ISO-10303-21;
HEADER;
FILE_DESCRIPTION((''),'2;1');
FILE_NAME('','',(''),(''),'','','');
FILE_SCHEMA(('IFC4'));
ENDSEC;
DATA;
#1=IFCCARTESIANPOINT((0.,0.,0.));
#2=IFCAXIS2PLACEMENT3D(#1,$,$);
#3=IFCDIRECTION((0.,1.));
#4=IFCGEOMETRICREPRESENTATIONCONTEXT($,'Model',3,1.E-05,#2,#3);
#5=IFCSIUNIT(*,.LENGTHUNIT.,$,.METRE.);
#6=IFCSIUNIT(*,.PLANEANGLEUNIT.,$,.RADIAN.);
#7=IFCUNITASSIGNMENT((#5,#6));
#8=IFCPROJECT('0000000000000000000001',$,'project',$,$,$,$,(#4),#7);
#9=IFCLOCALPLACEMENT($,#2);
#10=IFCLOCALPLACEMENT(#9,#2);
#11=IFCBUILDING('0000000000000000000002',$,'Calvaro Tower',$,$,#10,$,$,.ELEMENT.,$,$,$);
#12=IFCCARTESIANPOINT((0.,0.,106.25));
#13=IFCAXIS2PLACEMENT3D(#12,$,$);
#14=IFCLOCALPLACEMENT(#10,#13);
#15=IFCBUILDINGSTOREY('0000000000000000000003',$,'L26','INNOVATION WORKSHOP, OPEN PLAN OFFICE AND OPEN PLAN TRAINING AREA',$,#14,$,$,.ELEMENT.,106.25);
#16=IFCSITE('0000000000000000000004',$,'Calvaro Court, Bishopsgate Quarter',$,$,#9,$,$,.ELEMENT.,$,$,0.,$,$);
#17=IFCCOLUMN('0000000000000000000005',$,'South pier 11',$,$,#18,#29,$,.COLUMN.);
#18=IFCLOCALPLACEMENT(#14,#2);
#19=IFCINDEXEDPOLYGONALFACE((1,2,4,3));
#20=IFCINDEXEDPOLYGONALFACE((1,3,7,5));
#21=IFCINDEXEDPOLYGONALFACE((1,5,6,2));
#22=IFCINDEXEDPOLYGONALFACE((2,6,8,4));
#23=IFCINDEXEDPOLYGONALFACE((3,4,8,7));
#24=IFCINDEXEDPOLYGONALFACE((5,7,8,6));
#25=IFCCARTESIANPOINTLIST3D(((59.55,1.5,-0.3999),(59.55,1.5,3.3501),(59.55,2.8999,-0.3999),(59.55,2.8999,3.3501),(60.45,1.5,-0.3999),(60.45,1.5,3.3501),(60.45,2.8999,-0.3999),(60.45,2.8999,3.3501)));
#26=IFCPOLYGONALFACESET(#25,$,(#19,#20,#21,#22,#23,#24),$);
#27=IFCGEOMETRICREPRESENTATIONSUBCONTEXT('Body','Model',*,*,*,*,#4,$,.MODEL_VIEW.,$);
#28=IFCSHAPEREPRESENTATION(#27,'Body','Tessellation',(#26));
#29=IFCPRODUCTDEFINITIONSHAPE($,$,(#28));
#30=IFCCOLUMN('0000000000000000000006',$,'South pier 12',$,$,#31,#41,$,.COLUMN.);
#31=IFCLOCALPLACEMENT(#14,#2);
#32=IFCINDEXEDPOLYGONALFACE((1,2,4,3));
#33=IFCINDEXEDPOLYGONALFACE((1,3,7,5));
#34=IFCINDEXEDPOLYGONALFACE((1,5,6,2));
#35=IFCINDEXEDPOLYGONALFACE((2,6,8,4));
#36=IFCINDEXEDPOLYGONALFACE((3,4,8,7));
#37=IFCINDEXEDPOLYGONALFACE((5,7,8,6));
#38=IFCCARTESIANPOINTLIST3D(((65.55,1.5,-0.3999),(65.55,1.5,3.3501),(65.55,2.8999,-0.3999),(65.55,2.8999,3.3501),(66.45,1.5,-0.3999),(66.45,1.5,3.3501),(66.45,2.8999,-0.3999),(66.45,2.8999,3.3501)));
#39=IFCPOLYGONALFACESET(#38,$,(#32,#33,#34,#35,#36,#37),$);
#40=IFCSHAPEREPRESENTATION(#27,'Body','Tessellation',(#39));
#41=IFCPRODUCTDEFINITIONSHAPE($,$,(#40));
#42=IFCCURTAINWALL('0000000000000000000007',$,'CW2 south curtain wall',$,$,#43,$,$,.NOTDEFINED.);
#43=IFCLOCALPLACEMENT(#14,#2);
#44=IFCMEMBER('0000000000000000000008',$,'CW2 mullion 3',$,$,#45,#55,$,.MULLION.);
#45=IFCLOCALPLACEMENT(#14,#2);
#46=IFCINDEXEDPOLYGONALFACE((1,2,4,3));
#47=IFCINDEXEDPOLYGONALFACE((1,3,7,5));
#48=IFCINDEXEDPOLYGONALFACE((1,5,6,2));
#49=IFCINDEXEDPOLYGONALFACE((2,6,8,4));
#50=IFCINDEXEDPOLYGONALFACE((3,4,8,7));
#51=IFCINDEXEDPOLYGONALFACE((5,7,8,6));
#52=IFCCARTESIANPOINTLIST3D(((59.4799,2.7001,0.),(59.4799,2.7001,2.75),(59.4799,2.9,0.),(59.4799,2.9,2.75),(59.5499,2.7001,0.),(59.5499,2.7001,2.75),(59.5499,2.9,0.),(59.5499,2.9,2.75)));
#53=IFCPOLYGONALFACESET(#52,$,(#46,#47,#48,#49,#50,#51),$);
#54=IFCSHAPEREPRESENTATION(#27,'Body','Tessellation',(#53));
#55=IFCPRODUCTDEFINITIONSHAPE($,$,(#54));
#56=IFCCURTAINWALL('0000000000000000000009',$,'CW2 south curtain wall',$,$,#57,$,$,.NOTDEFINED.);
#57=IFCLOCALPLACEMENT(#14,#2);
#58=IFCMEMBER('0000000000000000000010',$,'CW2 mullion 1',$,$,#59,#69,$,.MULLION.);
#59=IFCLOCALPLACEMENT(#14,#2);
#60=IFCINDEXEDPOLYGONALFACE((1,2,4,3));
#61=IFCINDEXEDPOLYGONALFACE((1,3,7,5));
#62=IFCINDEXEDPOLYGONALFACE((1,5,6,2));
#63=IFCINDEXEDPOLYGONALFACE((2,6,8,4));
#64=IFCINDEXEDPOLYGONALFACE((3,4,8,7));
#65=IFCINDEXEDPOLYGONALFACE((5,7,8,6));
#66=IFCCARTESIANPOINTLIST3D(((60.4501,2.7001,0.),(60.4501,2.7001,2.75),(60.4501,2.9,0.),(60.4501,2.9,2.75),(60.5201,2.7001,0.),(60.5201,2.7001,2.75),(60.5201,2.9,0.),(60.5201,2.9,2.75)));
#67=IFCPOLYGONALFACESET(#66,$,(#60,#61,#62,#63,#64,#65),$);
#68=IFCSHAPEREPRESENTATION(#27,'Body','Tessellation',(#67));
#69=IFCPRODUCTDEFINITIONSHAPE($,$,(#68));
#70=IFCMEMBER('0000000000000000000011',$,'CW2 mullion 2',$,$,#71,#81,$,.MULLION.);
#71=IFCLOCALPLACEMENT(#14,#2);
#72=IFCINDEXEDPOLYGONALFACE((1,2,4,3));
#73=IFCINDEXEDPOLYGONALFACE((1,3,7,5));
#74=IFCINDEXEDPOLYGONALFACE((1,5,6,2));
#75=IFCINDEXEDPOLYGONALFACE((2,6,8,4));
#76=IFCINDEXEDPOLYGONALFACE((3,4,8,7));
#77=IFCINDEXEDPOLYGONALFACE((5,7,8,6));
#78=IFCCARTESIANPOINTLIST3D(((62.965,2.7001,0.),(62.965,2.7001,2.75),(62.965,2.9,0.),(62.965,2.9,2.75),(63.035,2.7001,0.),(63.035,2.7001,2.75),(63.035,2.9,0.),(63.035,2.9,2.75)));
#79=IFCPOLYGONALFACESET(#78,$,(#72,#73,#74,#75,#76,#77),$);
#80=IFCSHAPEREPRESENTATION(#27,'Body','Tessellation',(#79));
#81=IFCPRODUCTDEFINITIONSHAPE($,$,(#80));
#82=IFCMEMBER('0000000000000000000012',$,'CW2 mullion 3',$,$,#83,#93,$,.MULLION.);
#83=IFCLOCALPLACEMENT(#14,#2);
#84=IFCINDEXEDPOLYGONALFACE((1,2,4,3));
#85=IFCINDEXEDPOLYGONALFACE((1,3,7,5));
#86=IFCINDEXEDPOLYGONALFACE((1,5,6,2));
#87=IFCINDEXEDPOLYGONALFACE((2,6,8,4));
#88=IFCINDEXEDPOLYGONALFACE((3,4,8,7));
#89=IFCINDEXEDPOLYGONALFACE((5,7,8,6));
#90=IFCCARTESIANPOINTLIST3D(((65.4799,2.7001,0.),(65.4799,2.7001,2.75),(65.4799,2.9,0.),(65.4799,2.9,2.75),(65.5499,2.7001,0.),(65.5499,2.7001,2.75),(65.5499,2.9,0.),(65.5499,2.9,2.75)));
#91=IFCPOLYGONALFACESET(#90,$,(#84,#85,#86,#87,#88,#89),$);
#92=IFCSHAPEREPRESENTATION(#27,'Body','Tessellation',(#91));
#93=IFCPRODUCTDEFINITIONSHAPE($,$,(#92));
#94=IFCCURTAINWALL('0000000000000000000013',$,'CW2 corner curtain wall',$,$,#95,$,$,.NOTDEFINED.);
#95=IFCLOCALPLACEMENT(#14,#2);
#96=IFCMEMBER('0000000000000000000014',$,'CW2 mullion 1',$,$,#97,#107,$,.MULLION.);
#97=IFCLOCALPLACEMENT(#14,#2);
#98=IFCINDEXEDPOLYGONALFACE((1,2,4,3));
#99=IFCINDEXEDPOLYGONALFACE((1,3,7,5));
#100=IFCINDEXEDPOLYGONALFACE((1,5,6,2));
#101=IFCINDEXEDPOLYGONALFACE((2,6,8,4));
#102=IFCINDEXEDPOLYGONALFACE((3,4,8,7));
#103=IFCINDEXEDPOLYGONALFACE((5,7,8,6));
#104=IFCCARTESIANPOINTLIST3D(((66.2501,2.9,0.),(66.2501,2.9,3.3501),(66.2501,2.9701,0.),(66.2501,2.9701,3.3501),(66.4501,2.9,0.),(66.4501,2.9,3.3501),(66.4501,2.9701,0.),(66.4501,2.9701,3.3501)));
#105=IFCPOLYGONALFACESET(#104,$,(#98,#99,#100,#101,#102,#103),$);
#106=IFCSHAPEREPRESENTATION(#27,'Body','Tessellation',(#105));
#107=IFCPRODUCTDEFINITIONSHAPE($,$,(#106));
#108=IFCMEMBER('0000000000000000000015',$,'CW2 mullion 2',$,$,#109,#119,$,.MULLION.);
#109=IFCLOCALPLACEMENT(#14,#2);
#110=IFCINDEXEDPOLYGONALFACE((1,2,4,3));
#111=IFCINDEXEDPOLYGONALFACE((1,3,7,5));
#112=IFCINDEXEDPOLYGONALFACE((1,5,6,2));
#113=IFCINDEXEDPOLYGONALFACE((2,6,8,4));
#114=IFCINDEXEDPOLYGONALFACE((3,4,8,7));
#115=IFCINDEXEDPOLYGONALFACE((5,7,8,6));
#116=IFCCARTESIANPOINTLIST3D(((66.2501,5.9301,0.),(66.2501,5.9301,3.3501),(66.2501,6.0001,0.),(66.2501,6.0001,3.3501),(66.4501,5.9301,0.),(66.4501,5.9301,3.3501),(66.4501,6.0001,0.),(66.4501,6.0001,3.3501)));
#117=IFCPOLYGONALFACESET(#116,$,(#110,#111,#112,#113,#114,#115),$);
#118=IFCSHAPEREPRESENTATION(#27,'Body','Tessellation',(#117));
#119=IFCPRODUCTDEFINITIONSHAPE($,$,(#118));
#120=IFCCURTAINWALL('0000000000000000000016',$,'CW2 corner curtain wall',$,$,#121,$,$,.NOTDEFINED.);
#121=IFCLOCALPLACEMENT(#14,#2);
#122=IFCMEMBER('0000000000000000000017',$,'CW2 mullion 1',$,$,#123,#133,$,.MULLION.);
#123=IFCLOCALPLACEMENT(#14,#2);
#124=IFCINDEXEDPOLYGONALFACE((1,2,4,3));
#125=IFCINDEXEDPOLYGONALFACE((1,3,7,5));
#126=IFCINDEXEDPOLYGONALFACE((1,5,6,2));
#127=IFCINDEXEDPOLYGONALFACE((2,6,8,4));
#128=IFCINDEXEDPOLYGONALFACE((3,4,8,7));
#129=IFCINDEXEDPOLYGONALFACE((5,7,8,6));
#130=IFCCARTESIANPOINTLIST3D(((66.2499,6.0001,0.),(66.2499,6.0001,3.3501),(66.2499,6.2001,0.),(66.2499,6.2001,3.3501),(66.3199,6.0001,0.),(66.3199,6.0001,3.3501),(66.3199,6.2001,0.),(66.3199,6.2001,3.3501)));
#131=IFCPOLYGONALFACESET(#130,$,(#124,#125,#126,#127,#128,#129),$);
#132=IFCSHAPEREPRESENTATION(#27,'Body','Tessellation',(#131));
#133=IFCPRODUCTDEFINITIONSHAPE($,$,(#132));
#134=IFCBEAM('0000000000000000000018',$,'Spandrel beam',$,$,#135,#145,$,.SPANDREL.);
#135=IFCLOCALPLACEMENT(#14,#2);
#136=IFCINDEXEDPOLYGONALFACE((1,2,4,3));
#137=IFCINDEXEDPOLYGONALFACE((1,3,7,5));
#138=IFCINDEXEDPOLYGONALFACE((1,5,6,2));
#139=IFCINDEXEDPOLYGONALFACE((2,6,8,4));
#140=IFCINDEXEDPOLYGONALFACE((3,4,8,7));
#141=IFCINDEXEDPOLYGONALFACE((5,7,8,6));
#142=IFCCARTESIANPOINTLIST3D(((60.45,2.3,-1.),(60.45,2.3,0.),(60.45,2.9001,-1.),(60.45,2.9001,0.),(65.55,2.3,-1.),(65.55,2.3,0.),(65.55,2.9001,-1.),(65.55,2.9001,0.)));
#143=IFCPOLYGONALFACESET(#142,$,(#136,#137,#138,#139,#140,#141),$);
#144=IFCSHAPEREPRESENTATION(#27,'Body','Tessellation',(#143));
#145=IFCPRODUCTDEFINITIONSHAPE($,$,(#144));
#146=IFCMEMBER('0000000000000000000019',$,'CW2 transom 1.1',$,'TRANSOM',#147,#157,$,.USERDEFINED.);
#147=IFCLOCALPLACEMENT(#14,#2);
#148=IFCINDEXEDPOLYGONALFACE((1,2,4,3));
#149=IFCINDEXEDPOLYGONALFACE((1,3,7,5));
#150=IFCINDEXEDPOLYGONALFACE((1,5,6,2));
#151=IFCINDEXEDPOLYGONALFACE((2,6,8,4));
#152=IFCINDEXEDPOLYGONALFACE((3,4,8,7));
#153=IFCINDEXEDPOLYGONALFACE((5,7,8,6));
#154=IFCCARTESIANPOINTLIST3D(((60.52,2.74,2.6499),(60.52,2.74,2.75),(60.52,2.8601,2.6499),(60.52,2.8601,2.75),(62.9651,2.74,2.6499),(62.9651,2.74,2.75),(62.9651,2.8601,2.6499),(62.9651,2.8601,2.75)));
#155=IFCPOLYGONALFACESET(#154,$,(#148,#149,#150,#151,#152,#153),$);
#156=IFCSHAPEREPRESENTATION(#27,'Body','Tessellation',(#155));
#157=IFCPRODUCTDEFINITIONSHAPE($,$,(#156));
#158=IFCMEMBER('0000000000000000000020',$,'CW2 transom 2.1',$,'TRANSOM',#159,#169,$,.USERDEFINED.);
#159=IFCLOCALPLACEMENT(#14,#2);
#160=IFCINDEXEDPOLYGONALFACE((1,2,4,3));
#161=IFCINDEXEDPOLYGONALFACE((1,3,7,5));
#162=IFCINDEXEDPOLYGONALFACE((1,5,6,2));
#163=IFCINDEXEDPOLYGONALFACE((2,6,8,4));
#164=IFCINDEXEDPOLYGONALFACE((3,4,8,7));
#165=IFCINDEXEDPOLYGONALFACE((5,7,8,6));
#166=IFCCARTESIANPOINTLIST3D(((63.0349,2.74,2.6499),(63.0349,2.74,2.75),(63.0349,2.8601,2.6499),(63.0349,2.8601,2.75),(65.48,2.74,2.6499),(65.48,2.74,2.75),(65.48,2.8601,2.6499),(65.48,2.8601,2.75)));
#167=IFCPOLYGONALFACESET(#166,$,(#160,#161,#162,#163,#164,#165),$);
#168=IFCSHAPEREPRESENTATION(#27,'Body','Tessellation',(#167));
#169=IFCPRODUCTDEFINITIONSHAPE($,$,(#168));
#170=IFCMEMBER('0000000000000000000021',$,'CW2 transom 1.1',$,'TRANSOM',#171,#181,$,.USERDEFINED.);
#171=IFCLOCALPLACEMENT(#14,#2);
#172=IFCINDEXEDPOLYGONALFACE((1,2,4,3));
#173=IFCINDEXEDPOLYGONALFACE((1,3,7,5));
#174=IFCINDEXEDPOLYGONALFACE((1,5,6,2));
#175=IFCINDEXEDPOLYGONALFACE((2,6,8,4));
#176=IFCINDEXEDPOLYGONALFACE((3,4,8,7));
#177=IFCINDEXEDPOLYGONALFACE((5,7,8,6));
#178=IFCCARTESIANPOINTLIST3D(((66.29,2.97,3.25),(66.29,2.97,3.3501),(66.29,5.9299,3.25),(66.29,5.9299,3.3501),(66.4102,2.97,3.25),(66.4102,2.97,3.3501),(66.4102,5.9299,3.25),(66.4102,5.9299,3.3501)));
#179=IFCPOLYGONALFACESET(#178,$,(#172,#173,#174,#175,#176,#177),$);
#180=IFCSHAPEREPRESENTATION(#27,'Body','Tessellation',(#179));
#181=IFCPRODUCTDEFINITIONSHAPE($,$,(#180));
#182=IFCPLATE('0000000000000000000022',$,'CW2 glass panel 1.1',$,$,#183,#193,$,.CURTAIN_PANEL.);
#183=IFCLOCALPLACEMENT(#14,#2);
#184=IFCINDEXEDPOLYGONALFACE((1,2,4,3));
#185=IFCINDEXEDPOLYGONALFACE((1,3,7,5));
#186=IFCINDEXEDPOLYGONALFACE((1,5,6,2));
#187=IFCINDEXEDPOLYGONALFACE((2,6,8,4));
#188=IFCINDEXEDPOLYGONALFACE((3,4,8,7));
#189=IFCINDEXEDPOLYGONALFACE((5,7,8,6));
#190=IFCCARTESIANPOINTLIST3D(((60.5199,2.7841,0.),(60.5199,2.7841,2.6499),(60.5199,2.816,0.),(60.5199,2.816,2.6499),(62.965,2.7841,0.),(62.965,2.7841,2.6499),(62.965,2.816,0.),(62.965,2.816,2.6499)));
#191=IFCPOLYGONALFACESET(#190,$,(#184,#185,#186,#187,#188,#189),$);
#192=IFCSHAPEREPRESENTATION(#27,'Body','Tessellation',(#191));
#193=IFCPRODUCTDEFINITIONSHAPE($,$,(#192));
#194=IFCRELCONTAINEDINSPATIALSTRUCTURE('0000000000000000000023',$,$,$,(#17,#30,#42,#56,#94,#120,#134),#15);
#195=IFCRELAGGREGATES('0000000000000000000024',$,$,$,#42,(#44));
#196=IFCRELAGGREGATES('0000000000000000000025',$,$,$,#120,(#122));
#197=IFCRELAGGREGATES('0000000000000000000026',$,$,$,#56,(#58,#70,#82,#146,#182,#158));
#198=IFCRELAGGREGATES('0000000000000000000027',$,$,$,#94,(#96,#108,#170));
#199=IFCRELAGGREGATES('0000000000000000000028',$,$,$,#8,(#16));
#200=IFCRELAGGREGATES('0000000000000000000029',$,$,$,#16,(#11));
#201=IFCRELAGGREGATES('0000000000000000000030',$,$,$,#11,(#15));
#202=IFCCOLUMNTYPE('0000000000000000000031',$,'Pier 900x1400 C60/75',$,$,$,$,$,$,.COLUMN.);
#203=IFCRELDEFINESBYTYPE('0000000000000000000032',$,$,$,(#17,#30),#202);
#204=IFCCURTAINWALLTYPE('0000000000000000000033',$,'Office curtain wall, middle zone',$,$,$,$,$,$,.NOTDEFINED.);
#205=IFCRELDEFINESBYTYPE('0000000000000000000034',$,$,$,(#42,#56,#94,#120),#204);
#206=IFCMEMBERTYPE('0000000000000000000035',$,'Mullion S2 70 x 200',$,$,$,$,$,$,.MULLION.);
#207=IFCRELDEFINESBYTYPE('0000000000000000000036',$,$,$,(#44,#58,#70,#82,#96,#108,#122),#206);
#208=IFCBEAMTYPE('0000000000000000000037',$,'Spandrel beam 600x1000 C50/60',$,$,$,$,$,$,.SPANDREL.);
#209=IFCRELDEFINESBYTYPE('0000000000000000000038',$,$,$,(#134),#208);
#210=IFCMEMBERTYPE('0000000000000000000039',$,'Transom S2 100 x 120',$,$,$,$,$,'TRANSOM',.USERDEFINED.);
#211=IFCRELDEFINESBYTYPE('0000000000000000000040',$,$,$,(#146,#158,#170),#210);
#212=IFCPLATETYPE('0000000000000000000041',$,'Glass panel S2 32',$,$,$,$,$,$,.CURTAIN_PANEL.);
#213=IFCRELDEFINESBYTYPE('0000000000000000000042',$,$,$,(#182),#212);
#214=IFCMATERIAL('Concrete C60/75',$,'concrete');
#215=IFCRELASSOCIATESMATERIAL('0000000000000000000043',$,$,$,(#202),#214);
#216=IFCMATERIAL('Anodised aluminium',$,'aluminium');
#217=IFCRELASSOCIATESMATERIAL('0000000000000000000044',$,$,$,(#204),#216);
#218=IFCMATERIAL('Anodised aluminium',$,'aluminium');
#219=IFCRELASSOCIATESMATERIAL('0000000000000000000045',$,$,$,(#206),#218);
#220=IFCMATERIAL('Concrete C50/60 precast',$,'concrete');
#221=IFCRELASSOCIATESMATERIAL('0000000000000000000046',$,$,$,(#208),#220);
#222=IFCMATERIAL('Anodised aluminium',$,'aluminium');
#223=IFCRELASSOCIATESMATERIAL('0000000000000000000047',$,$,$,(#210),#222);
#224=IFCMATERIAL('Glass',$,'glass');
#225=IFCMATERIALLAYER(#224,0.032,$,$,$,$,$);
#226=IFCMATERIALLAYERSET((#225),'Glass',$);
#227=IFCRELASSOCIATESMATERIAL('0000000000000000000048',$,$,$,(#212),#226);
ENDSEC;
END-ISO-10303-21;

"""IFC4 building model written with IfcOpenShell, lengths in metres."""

from ifc_helpers import new_model, si_unit, direction, frame, origin, origin_2d, place, context, subcontext, project, spatial, rectangle, extrude, material, layer, layer_set, material_profile, profile_set, type_object, element, aggregate, save


model = new_model("IFC4")

# Units and contexts
model_context = context("Model", 3, precision=1e-05, world=origin(), true_north=direction((0.0, 1.0)))
body_context = subcontext(model_context, "Body", "Model", "MODEL_VIEW")
ifc_project = project(units=[si_unit("LENGTHUNIT", "METRE"), si_unit("PLANEANGLEUNIT", "RADIAN")], contexts=[model_context])

# Site, building, storey
site_placement = place(None, origin())
site = spatial("IfcSite", under=ifc_project, at=site_placement, Name="Calvaro Court, Bishopsgate Quarter", CompositionType="ELEMENT", RefElevation=0.0)
building_placement = place(site_placement, origin())
building = spatial("IfcBuilding", under=site, at=building_placement, Name="Calvaro Tower", CompositionType="ELEMENT")
storey_placement = place(building_placement, frame((0.0, 0.0, 106.25)))
storey = spatial("IfcBuildingStorey", under=building, at=storey_placement, Name="L26", Description="INNOVATION WORKSHOP, OPEN PLAN OFFICE AND OPEN PLAN TRAINING AREA", CompositionType="ELEMENT", Elevation=106.25)

# Columns
ifc_material_1 = material(Name="Concrete C60/75", Category="concrete")
ifc_material_profile_1 = material_profile(ifc_material_1, rectangle(XDim=0.8999, YDim=1.3999, at=origin_2d()), Name="RC 900x1400")
ifc_profile_set_1 = profile_set([ifc_material_profile_1], Name="Concrete C60/75")
column_type = type_object("IfcColumnType", Name="Pier 900x1400 C60/75", PredefinedType="COLUMN", material=ifc_profile_set_1)
for number, where, z_axis, x_axis, name in (
    (1, (60.0, 2.2, -0.3999), (0.0, 0.0, 1.0), (1.0, 0.0, 0.0), "South pier 11"),
    (2, (66.0, 2.2, -0.3999), (0.0, 0.0, 1.0), (1.0, 0.0, 0.0), "South pier 12"),
):
    element("IfcColumn", number, at=place(storey_placement, frame(where, z_axis=z_axis, x_axis=x_axis)), inside=storey, type_object=column_type, Name=name, PredefinedType="COLUMN", context=body_context, shape_type="SweptSolid", body=[
        extrude(rectangle(XDim=0.8999, YDim=1.3999, at=origin_2d()), origin(), (0.0, 0.0, 1.0), 3.75),
    ])

# Curtain wall, member
ifc_material_2 = material(Name="Anodised aluminium", Category="aluminium")
curtain_wall_type = type_object("IfcCurtainWallType", Name="Office curtain wall, middle zone", PredefinedType="NOTDEFINED", material=ifc_material_2)
curtain_wall_1_placement = place(storey_placement, origin())
curtain_wall_1 = element("IfcCurtainWall", 3, at=curtain_wall_1_placement, inside=storey, type_object=curtain_wall_type, Name="CW2 south curtain wall", PredefinedType="NOTDEFINED")
ifc_material_3 = material(Name="Anodised aluminium", Category="aluminium")
ifc_material_profile_2 = material_profile(ifc_material_3, rectangle(XDim=0.2, YDim=0.0701, at=origin_2d()), Name="Mullion S2 70 x 200")
ifc_profile_set_2 = profile_set([ifc_material_profile_2], Name="Anodised aluminium")
member_type_1 = type_object("IfcMemberType", Name="Mullion S2 70 x 200", PredefinedType="MULLION", material=ifc_profile_set_2)
member_1_placement = place(storey_placement, frame((59.5149, 2.8, 0.0), z_axis=(0.0, 0.0, 1.0), x_axis=(0.0, 1.0, 0.0)))
member_1 = element("IfcMember", 4, at=member_1_placement, type_object=member_type_1, Name="CW2 mullion 3", PredefinedType="MULLION", context=body_context, shape_type="SweptSolid", body=[
    extrude(rectangle(XDim=0.2, YDim=0.0701, at=origin_2d()), origin(), (0.0, 0.0, 1.0), 2.75),
])
aggregate(curtain_wall_1, [member_1])

# Curtain walls, members
curtain_wall_2_placement = place(storey_placement, origin())
curtain_wall_2 = element("IfcCurtainWall", 5, at=curtain_wall_2_placement, inside=storey, type_object=curtain_wall_type, Name="CW2 south curtain wall", PredefinedType="NOTDEFINED")
member_2_placement = place(storey_placement, frame((60.4851, 2.8, 0.0), z_axis=(0.0, 0.0, 1.0), x_axis=(0.0, 1.0, 0.0)))
member_2 = element("IfcMember", 6, at=member_2_placement, type_object=member_type_1, Name="CW2 mullion 1", PredefinedType="MULLION", context=body_context, shape_type="SweptSolid", body=[
    extrude(rectangle(XDim=0.2, YDim=0.0701, at=origin_2d()), origin(), (0.0, 0.0, 1.0), 2.75),
])
member_3_placement = place(storey_placement, frame((63.0, 2.8, 0.0), z_axis=(0.0, 0.0, 1.0), x_axis=(0.0, 1.0, 0.0)))
member_3 = element("IfcMember", 7, at=member_3_placement, type_object=member_type_1, Name="CW2 mullion 2", PredefinedType="MULLION", context=body_context, shape_type="SweptSolid", body=[
    extrude(rectangle(XDim=0.2, YDim=0.0701, at=origin_2d()), origin(), (0.0, 0.0, 1.0), 2.75),
])
member_4_placement = place(storey_placement, frame((65.5149, 2.8, 0.0), z_axis=(0.0, 0.0, 1.0), x_axis=(0.0, 1.0, 0.0)))
member_4 = element("IfcMember", 8, at=member_4_placement, type_object=member_type_1, Name="CW2 mullion 3", PredefinedType="MULLION", context=body_context, shape_type="SweptSolid", body=[
    extrude(rectangle(XDim=0.2, YDim=0.0701, at=origin_2d()), origin(), (0.0, 0.0, 1.0), 2.75),
])
curtain_wall_3_placement = place(storey_placement, origin())
curtain_wall_3 = element("IfcCurtainWall", 9, at=curtain_wall_3_placement, inside=storey, type_object=curtain_wall_type, Name="CW2 corner curtain wall", PredefinedType="NOTDEFINED")
member_5_placement = place(storey_placement, frame((66.3501, 2.9351, 0.0), z_axis=(0.0, 0.0, 1.0), x_axis=(-1.0, 0.0, 0.0)))
member_5 = element("IfcMember", 10, at=member_5_placement, type_object=member_type_1, Name="CW2 mullion 1", PredefinedType="MULLION", context=body_context, shape_type="SweptSolid", body=[
    extrude(rectangle(XDim=0.2, YDim=0.0701, at=origin_2d()), origin(), (0.0, 0.0, 1.0), 3.3501),
])
member_6_placement = place(storey_placement, frame((66.3501, 5.9651, 0.0), z_axis=(0.0, 0.0, 1.0), x_axis=(-1.0, 0.0, 0.0)))
member_6 = element("IfcMember", 11, at=member_6_placement, type_object=member_type_1, Name="CW2 mullion 2", PredefinedType="MULLION", context=body_context, shape_type="SweptSolid", body=[
    extrude(rectangle(XDim=0.2, YDim=0.0701, at=origin_2d()), origin(), (0.0, 0.0, 1.0), 3.3501),
])

# Curtain wall, member
curtain_wall_4_placement = place(storey_placement, origin())
curtain_wall_4 = element("IfcCurtainWall", 12, at=curtain_wall_4_placement, inside=storey, type_object=curtain_wall_type, Name="CW2 corner curtain wall", PredefinedType="NOTDEFINED")
member_7_placement = place(storey_placement, frame((66.2849, 6.1001, 0.0), z_axis=(0.0, 0.0, 1.0), x_axis=(0.0, 1.0, 0.0)))
member_7 = element("IfcMember", 13, at=member_7_placement, type_object=member_type_1, Name="CW2 mullion 1", PredefinedType="MULLION", context=body_context, shape_type="SweptSolid", body=[
    extrude(rectangle(XDim=0.2, YDim=0.0701, at=origin_2d()), origin(), (0.0, 0.0, 1.0), 3.3501),
])
aggregate(curtain_wall_4, [member_7])

# Beam
ifc_material_4 = material(Name="Concrete C50/60 precast", Category="concrete")
ifc_material_profile_3 = material_profile(ifc_material_4, rectangle(XDim=0.6001, YDim=1.0, at=origin_2d()), Name="RC 600x1000")
ifc_profile_set_3 = profile_set([ifc_material_profile_3], Name="Concrete C50/60 precast")
beam_type = type_object("IfcBeamType", Name="Spandrel beam 600x1000 C50/60", PredefinedType="SPANDREL", material=ifc_profile_set_3)
beam_placement = place(storey_placement, frame((60.45, 2.6001, -0.5), z_axis=(1.0, 0.0, 0.0), x_axis=(0.0, 1.0, 0.0)))
element("IfcBeam", 14, at=beam_placement, inside=storey, type_object=beam_type, Name="Spandrel beam", PredefinedType="SPANDREL", context=body_context, shape_type="SweptSolid", body=[
    extrude(rectangle(XDim=0.6001, YDim=1.0, at=origin_2d()), origin(), (0.0, 0.0, 1.0), 5.1001),
])

# Members
ifc_material_5 = material(Name="Anodised aluminium", Category="aluminium")
ifc_material_profile_4 = material_profile(ifc_material_5, rectangle(XDim=0.1201, YDim=0.1001, at=origin_2d()), Name="Transom S2 100 x 120")
ifc_profile_set_4 = profile_set([ifc_material_profile_4], Name="Anodised aluminium")
member_type_2 = type_object("IfcMemberType", Name="Transom S2 100 x 120", ElementType="TRANSOM", PredefinedType="USERDEFINED", material=ifc_profile_set_4)
member_8_placement = place(storey_placement, frame((60.52, 2.8, 2.7), z_axis=(1.0, 0.0, 0.0), x_axis=(0.0, 1.0, 0.0)))
member_8 = element("IfcMember", 15, at=member_8_placement, type_object=member_type_2, Name="CW2 transom 1.1", ObjectType="TRANSOM", PredefinedType="USERDEFINED", context=body_context, shape_type="SweptSolid", body=[
    extrude(rectangle(XDim=0.1201, YDim=0.1001, at=origin_2d()), origin(), (0.0, 0.0, 1.0), 2.4451),
])
member_9_placement = place(storey_placement, frame((63.0349, 2.8, 2.7), z_axis=(1.0, 0.0, 0.0), x_axis=(0.0, 1.0, 0.0)))
member_9 = element("IfcMember", 16, at=member_9_placement, type_object=member_type_2, Name="CW2 transom 2.1", ObjectType="TRANSOM", PredefinedType="USERDEFINED", context=body_context, shape_type="SweptSolid", body=[
    extrude(rectangle(XDim=0.1201, YDim=0.1001, at=origin_2d()), origin(), (0.0, 0.0, 1.0), 2.4451),
])
member_10_placement = place(storey_placement, frame((66.3501, 2.97, 3.3), z_axis=(0.0, 1.0, 0.0), x_axis=(-1.0, 0.0, 0.0)))
member_10 = element("IfcMember", 17, at=member_10_placement, type_object=member_type_2, Name="CW2 transom 1.1", ObjectType="TRANSOM", PredefinedType="USERDEFINED", context=body_context, shape_type="SweptSolid", body=[
    extrude(rectangle(XDim=0.1201, YDim=0.1001, at=origin_2d()), origin(), (0.0, 0.0, 1.0), 2.96),
])

# Plate
ifc_material_6 = material(Name="Glass", Category="glass")
ifc_layer_1 = layer(ifc_material_6, 0.032)
ifc_layer_set_1 = layer_set([ifc_layer_1], Name="Glass")
plate_type = type_object("IfcPlateType", Name="Glass panel S2 32", PredefinedType="CURTAIN_PANEL", material=ifc_layer_set_1)
plate_1_placement = place(storey_placement, frame((61.7424, 2.8, 0.0), z_axis=(0.0, 0.0, 1.0), x_axis=(1.0, 0.0, 0.0)))
plate_1 = element("IfcPlate", 18, at=plate_1_placement, type_object=plate_type, Name="CW2 glass panel 1.1", PredefinedType="CURTAIN_PANEL", context=body_context, shape_type="SweptSolid", body=[
    extrude(rectangle(XDim=2.4451, YDim=0.032, at=origin_2d()), origin(), (0.0, 0.0, 1.0), 2.6499),
])
aggregate(curtain_wall_2, [member_2, member_3, member_4, member_8, plate_1, member_9])
aggregate(curtain_wall_3, [member_5, member_6, member_10])

save(model, "model.ifc")
